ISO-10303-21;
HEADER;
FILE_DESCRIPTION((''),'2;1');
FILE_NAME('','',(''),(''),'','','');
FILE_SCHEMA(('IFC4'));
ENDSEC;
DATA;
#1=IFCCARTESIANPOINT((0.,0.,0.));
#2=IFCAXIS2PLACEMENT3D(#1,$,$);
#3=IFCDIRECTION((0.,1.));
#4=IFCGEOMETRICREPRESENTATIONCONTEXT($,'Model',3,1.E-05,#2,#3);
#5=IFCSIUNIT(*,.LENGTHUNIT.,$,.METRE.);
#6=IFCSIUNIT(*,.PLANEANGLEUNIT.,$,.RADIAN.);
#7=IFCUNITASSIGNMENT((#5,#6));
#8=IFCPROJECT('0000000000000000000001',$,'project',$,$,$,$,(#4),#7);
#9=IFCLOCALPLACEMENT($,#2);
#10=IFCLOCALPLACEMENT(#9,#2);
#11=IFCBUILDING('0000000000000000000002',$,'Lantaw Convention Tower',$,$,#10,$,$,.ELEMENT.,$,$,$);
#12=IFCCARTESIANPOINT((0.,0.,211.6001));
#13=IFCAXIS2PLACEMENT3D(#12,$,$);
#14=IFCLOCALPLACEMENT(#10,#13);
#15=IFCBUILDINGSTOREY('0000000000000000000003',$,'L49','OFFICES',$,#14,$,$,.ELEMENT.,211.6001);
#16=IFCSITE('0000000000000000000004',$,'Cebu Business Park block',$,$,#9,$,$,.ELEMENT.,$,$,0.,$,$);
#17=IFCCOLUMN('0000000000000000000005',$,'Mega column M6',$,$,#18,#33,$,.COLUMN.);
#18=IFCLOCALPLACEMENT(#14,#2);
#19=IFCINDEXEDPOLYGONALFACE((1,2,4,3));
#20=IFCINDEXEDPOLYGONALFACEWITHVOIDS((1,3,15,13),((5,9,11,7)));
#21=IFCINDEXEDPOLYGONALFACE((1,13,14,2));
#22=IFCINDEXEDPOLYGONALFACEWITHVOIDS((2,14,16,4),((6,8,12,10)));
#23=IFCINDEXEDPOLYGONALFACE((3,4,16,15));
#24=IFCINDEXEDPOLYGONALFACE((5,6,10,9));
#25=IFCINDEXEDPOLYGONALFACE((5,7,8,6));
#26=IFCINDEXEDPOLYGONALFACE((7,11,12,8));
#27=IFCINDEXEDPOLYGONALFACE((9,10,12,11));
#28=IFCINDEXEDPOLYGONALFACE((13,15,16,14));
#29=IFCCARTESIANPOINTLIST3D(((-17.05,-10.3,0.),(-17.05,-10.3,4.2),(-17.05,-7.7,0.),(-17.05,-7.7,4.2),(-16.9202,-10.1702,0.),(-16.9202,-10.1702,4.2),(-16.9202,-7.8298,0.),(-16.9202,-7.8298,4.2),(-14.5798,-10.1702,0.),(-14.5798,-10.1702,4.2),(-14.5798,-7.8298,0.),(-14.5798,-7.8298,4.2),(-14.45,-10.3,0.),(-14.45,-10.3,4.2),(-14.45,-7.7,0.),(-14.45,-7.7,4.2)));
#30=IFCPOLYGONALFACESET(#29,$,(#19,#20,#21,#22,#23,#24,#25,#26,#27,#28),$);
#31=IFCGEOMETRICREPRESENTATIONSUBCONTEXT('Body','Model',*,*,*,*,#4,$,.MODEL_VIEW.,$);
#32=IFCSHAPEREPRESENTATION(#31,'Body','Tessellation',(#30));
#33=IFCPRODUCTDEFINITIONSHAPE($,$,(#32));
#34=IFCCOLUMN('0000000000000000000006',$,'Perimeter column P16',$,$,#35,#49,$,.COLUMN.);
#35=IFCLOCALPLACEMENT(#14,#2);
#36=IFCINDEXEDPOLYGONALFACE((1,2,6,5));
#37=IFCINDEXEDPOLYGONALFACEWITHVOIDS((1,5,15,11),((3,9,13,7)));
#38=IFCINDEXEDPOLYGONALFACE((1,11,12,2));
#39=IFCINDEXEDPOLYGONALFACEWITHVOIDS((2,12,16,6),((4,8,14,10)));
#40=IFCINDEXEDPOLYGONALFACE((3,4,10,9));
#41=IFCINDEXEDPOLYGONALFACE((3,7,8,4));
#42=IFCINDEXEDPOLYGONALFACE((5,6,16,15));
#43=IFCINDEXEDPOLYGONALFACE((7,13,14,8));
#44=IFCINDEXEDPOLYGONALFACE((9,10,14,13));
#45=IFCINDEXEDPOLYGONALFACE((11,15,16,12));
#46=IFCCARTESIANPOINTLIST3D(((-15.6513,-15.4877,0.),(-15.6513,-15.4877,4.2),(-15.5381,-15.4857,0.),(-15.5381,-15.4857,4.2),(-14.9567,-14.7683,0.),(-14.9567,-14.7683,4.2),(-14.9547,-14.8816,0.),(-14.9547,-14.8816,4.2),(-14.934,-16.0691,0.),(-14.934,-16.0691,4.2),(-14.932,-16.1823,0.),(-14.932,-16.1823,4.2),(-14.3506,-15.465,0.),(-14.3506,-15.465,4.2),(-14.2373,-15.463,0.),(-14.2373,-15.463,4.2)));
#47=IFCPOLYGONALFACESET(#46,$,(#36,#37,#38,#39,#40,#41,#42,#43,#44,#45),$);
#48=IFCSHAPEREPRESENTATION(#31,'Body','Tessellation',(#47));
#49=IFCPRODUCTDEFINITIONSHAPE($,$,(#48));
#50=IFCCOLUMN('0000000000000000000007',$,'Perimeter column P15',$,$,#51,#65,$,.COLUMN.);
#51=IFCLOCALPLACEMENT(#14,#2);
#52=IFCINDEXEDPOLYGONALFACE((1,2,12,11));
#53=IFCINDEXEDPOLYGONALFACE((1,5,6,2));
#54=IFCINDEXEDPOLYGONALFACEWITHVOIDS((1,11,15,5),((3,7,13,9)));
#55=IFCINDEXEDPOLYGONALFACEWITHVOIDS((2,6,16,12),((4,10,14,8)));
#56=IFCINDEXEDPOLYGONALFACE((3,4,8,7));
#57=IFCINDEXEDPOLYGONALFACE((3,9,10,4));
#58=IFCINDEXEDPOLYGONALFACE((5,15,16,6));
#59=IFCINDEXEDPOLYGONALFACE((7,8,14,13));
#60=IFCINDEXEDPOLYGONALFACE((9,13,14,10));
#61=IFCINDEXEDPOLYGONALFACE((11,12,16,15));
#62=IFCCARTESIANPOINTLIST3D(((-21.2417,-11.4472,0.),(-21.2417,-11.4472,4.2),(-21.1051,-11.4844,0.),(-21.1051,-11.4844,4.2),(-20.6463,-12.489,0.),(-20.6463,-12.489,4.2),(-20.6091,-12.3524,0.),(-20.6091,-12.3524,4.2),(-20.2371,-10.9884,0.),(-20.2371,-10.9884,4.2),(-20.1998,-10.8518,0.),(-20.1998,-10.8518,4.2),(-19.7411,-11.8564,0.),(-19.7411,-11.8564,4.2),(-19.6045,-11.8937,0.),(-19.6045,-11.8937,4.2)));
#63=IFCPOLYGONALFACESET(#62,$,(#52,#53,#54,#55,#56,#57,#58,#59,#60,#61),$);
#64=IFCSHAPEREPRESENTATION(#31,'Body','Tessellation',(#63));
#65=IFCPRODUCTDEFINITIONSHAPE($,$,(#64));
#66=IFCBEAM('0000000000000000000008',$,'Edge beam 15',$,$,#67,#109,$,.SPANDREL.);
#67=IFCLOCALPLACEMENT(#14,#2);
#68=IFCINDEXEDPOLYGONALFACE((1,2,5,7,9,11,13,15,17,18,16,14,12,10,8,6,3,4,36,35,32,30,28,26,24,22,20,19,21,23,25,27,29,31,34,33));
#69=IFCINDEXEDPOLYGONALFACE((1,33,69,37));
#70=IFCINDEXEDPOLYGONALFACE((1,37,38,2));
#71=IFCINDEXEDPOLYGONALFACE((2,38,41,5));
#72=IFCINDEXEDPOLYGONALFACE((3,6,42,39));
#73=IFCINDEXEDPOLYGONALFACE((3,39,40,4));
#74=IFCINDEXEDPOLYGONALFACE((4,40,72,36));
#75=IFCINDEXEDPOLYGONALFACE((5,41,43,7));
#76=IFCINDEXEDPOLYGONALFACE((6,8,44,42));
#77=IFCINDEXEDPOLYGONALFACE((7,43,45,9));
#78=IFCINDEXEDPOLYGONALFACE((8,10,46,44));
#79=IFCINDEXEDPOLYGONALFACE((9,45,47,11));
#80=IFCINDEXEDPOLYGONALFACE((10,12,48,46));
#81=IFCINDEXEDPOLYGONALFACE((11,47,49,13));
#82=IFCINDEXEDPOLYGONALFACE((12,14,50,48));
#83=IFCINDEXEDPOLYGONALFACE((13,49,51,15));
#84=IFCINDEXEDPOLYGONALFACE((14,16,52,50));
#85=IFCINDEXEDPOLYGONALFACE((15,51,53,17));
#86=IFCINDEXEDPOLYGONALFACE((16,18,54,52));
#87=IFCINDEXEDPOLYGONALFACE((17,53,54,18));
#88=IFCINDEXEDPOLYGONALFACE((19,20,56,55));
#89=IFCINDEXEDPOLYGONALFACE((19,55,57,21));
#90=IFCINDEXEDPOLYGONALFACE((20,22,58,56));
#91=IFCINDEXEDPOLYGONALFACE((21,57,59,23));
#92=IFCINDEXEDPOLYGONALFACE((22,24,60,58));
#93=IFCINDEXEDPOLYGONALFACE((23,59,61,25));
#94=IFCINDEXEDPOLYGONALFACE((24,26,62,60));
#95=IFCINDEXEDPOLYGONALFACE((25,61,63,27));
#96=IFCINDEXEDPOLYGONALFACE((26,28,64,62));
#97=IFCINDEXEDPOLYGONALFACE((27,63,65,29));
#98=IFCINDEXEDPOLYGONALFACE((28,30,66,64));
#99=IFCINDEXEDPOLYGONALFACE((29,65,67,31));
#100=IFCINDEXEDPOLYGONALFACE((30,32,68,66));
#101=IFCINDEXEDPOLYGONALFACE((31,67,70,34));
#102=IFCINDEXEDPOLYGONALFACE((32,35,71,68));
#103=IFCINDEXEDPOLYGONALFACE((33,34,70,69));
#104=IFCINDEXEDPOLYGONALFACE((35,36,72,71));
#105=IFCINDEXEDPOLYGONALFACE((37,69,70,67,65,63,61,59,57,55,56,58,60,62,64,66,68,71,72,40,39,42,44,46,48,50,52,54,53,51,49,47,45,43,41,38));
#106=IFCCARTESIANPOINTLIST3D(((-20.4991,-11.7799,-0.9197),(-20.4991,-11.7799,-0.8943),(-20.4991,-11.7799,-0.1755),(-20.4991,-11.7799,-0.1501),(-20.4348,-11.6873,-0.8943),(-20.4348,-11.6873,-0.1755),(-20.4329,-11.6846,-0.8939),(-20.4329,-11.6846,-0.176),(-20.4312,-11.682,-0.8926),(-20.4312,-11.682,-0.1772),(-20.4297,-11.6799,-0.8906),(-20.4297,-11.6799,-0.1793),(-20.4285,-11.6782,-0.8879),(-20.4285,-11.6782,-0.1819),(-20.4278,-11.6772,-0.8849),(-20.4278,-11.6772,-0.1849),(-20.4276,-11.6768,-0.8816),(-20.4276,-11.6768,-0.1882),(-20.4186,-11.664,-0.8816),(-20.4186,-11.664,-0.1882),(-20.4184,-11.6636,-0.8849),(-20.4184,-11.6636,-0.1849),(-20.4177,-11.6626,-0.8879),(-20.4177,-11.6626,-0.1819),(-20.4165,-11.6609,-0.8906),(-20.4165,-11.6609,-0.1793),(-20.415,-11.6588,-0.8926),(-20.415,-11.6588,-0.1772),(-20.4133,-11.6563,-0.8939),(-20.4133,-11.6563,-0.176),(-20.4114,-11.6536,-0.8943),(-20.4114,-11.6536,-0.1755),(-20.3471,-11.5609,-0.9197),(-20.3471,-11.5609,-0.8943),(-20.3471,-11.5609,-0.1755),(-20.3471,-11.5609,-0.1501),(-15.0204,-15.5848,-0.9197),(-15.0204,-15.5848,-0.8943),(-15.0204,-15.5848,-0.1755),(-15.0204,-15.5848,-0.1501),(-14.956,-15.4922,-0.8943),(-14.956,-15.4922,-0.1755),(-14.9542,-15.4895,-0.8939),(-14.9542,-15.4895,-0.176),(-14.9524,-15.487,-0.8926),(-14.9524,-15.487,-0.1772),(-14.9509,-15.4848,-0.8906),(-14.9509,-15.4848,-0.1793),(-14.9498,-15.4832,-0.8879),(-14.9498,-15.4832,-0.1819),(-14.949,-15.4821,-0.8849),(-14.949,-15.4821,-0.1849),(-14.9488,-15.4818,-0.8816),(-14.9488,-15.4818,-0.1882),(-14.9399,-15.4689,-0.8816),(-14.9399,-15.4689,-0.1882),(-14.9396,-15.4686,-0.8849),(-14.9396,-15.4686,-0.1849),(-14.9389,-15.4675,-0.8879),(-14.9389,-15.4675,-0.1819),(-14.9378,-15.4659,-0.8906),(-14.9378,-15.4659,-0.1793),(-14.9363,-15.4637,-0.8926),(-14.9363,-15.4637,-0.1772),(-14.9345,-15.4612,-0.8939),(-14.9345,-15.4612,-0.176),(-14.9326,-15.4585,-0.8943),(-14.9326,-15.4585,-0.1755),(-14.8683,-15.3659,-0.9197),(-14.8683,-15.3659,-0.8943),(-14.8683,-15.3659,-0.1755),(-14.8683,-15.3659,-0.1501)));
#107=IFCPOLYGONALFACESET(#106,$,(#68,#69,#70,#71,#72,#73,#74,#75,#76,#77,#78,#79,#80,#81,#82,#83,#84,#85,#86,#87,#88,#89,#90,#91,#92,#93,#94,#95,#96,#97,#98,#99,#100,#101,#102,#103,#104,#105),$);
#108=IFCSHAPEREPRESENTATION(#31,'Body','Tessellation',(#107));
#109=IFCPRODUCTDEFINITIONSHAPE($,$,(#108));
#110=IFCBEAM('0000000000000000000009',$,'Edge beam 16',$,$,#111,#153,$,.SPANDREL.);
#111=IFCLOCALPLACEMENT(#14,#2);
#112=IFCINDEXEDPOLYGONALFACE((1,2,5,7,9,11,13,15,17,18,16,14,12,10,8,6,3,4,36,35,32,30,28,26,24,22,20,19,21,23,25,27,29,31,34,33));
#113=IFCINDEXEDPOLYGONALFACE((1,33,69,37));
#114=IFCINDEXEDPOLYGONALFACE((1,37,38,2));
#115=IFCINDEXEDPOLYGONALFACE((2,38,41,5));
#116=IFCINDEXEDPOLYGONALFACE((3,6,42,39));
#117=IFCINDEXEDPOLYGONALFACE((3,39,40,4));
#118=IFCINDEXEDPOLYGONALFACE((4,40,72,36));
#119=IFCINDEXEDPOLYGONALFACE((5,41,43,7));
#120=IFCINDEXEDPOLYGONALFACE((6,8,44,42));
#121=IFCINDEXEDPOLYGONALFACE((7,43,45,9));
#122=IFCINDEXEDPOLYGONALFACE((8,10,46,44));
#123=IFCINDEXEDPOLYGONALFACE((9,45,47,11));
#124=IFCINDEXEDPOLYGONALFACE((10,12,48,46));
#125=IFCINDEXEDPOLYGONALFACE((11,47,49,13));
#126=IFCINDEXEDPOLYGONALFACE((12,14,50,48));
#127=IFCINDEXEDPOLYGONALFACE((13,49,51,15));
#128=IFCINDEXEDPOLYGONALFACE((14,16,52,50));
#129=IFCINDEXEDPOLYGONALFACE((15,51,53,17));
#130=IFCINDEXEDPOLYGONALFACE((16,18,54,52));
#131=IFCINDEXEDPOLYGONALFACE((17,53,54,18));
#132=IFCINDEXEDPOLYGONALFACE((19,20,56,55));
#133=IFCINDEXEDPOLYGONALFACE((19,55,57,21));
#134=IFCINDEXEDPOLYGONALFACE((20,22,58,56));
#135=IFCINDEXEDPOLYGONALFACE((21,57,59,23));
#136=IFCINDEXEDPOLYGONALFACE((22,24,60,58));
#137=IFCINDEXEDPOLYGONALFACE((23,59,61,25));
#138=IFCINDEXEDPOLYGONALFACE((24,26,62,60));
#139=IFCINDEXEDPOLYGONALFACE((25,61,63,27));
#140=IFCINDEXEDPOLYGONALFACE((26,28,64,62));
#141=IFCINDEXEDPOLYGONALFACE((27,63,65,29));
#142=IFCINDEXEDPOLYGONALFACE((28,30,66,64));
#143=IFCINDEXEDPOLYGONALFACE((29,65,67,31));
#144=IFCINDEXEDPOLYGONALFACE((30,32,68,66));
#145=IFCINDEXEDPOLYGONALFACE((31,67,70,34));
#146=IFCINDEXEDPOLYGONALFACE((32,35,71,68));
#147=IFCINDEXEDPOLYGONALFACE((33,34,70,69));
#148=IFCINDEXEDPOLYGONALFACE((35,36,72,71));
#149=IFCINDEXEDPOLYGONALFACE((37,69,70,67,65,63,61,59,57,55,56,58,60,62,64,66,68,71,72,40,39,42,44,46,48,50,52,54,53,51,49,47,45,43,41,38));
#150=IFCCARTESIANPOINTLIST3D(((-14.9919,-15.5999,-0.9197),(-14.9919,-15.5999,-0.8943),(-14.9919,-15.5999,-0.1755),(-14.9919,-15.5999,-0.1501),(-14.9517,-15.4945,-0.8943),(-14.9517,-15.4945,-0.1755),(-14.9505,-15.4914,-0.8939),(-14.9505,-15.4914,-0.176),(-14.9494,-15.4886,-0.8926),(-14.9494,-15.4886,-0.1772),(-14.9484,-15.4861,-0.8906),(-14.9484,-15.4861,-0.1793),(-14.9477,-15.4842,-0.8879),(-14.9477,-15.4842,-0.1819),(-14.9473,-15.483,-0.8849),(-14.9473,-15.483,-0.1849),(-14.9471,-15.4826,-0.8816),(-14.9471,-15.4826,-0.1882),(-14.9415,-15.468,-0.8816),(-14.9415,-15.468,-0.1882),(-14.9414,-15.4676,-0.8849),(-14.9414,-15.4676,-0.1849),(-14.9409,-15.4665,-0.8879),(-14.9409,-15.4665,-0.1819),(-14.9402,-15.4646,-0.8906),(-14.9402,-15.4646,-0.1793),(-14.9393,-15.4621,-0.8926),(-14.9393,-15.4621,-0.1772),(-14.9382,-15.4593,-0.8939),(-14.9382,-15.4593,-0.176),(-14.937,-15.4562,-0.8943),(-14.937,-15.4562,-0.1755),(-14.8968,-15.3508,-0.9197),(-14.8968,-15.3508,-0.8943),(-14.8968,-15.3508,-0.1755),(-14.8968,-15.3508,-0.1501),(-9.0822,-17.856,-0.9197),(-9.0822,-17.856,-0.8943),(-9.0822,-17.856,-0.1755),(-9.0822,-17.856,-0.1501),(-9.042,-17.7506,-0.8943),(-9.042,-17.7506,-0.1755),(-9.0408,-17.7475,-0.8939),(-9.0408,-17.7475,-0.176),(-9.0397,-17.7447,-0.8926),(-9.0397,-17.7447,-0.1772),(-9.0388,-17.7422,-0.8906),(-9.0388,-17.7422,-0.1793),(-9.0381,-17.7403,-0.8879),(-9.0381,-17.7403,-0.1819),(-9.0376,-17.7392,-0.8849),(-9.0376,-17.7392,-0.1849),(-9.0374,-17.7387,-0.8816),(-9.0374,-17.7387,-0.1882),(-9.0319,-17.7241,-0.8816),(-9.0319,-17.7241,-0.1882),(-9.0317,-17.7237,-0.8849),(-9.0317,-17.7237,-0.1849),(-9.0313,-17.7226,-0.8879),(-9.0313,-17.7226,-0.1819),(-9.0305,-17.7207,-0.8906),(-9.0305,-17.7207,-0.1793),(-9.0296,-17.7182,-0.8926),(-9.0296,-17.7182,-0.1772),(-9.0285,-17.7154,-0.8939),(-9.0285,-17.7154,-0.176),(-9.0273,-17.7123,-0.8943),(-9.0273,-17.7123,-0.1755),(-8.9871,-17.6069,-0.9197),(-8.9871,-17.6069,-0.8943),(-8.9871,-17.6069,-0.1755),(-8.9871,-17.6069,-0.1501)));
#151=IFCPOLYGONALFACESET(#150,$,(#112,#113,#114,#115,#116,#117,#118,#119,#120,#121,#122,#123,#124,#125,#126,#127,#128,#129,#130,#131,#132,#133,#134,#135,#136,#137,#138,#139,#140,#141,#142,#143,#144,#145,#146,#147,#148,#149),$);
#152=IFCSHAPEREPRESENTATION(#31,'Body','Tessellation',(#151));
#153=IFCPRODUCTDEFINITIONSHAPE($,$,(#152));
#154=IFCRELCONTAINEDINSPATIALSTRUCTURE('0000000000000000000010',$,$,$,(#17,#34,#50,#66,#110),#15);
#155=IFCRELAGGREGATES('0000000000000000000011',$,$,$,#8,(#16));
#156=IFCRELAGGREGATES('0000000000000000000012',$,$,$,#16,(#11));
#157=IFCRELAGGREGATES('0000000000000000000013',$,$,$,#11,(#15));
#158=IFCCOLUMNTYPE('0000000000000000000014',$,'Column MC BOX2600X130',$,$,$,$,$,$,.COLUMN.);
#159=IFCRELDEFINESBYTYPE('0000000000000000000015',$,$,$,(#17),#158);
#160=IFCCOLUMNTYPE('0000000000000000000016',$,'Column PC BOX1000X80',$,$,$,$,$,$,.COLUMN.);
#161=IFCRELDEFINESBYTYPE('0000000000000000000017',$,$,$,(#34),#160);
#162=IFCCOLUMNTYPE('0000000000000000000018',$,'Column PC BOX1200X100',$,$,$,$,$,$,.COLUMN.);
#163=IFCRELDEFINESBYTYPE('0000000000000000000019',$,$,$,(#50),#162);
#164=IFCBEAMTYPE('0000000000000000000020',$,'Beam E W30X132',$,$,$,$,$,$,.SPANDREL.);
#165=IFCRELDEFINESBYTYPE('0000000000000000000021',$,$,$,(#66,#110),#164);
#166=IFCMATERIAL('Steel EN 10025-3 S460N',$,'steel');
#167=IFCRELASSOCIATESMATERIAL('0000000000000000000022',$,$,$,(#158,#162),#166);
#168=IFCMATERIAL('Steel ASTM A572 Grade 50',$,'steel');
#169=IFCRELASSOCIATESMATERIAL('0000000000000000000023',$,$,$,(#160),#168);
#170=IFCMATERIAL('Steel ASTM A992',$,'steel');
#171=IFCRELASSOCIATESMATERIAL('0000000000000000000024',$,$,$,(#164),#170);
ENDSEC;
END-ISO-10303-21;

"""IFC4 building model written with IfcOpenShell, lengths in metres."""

from ifc_helpers import new_model, si_unit, direction, frame, origin, origin_2d, place, context, subcontext, project, spatial, rectangle, hollow_rectangle, i_section, extrude, material, material_profile, profile_set, type_object, element, save


model = new_model("IFC4")

# Units and contexts
model_context = context("Model", 3, precision=1e-05, world=origin(), true_north=direction((0.0, 1.0)))
body_context = subcontext(model_context, "Body", "Model", "MODEL_VIEW")
ifc_project = project(units=[si_unit("LENGTHUNIT", "METRE"), si_unit("PLANEANGLEUNIT", "RADIAN")], contexts=[model_context])

# Site, building, storey
site_placement = place(None, origin())
site = spatial("IfcSite", under=ifc_project, at=site_placement, Name="Cebu Business Park block", CompositionType="ELEMENT", RefElevation=0.0)
building_placement = place(site_placement, origin())
building = spatial("IfcBuilding", under=site, at=building_placement, Name="Lantaw Convention Tower", CompositionType="ELEMENT")
storey_placement = place(building_placement, frame((0.0, 0.0, 211.6001)))
storey = spatial("IfcBuildingStorey", under=building, at=storey_placement, Name="L49", Description="OFFICES", CompositionType="ELEMENT", Elevation=211.6001)

# Columns
ifc_material_1 = material(Name="Steel EN 10025-3 S460N", Category="steel")
ifc_material_profile_1 = material_profile(ifc_material_1, hollow_rectangle(XDim=2.6001, YDim=2.6001, WallThickness=0.1299, at=origin_2d()), Name="BOX2600X130")
ifc_material_2 = material(Name="Concrete C60/75", Category="concrete")
ifc_material_profile_2 = material_profile(ifc_material_2, rectangle(XDim=2.3401, YDim=2.3401, at=origin_2d()), Name="Concrete fill of BOX2600X130")
ifc_profile_set_1 = profile_set([ifc_material_profile_1, ifc_material_profile_2], Name="Steel EN 10025-3 S460N")
column_type_1 = type_object("IfcColumnType", Name="Column MC BOX2600X130", PredefinedType="COLUMN", material=ifc_profile_set_1)
column_1_placement = place(storey_placement, frame((-15.75, -9.0, 0.0), z_axis=(0.0, 0.0, 1.0), x_axis=(1.0, 0.0, 0.0)))
element("IfcColumn", 1, at=column_1_placement, inside=storey, type_object=column_type_1, Name="Mega column M6", PredefinedType="COLUMN", context=body_context, shape_type="SweptSolid", body=[
    extrude(hollow_rectangle(XDim=2.6001, YDim=2.6001, WallThickness=0.1299, at=origin_2d()), origin(), (0.0, 0.0, 1.0), 4.2),
])
ifc_material_3 = material(Name="Steel ASTM A572 Grade 50", Category="steel")
ifc_material_profile_3 = material_profile(ifc_material_3, hollow_rectangle(XDim=1.0, YDim=1.0, WallThickness=0.0801, at=origin_2d()), Name="BOX1000X80")
ifc_material_profile_4 = material_profile(ifc_material_2, rectangle(XDim=0.8401, YDim=0.8401, at=origin_2d()), Name="Concrete fill of BOX1000X80")
ifc_profile_set_2 = profile_set([ifc_material_profile_3, ifc_material_profile_4], Name="Steel ASTM A572 Grade 50")
column_type_2 = type_object("IfcColumnType", Name="Column PC BOX1000X80", PredefinedType="COLUMN", material=ifc_profile_set_2)
column_2_placement = place(storey_placement, frame((-14.9443, -15.4753, 0.0), z_axis=(0.0, 0.0, 1.0), x_axis=(0.694658, 0.71934, 0.0)))
element("IfcColumn", 2, at=column_2_placement, inside=storey, type_object=column_type_2, Name="Perimeter column P16", PredefinedType="COLUMN", context=body_context, shape_type="SweptSolid", body=[
    extrude(hollow_rectangle(XDim=1.0, YDim=1.0, WallThickness=0.0801, at=origin_2d()), origin(), (0.0, 0.0, 1.0), 4.2),
])
ifc_material_profile_5 = material_profile(ifc_material_1, hollow_rectangle(XDim=1.2, YDim=1.2, WallThickness=0.1001, at=origin_2d()), Name="BOX1200X100")
ifc_material_profile_6 = material_profile(ifc_material_2, rectangle(XDim=1.0, YDim=1.0, at=origin_2d()), Name="Concrete fill of BOX1200X100")
ifc_profile_set_3 = profile_set([ifc_material_profile_5, ifc_material_profile_6], Name="Steel EN 10025-3 S460N")
column_type_3 = type_object("IfcColumnType", Name="Column PC BOX1200X100", PredefinedType="COLUMN", material=ifc_profile_set_3)
column_3_placement = place(storey_placement, frame((-20.4231, -11.6704, 0.0), z_axis=(0.0, 0.0, 1.0), x_axis=(0.868243, 0.496139, 0.0)))
element("IfcColumn", 3, at=column_3_placement, inside=storey, type_object=column_type_3, Name="Perimeter column P15", PredefinedType="COLUMN", context=body_context, shape_type="SweptSolid", body=[
    extrude(hollow_rectangle(XDim=1.2, YDim=1.2, WallThickness=0.1001, at=origin_2d()), origin(), (0.0, 0.0, 1.0), 4.2),
])

# Beams
ifc_material_4 = material(Name="Steel ASTM A992", Category="steel")
ifc_material_profile_7 = material_profile(ifc_material_4, i_section(OverallWidth=0.2666, OverallDepth=0.7695, WebThickness=0.0156, FlangeThickness=0.0254, FilletRadius=0.0127, at=origin_2d()), Name="W30X132")
ifc_profile_set_4 = profile_set([ifc_material_profile_7], Name="Steel ASTM A992")
beam_type_1 = type_object("IfcBeamType", Name="Beam E W30X132", PredefinedType="SPANDREL", material=ifc_profile_set_4)
beam_1_placement = place(storey_placement, frame((-20.4231, -11.6704, -0.5349), z_axis=(0.821353, -0.57042, 0.0), x_axis=(0.57042, 0.821353, 0.0)))
element("IfcBeam", 4, at=beam_1_placement, inside=storey, type_object=beam_type_1, Name="Edge beam 15", PredefinedType="SPANDREL", context=body_context, shape_type="SweptSolid", body=[
    extrude(i_section(OverallWidth=0.2666, OverallDepth=0.7695, WebThickness=0.0156, FlangeThickness=0.0254, FilletRadius=0.0127, at=origin_2d()), origin(), (0.0, 0.0, 1.0), 6.6704),
])
beam_2_placement = place(storey_placement, frame((-14.9443, -15.4753, -0.5349), z_axis=(0.934235, -0.356658, 0.0), x_axis=(0.356658, 0.934235, 0.0)))
element("IfcBeam", 5, at=beam_2_placement, inside=storey, type_object=beam_type_1, Name="Edge beam 16", PredefinedType="SPANDREL", context=body_context, shape_type="SweptSolid", body=[
    extrude(i_section(OverallWidth=0.2666, OverallDepth=0.7695, WebThickness=0.0156, FlangeThickness=0.0254, FilletRadius=0.0127, at=origin_2d()), origin(), (0.0, 0.0, 1.0), 6.3257),
])

save(model, "model.ifc")
